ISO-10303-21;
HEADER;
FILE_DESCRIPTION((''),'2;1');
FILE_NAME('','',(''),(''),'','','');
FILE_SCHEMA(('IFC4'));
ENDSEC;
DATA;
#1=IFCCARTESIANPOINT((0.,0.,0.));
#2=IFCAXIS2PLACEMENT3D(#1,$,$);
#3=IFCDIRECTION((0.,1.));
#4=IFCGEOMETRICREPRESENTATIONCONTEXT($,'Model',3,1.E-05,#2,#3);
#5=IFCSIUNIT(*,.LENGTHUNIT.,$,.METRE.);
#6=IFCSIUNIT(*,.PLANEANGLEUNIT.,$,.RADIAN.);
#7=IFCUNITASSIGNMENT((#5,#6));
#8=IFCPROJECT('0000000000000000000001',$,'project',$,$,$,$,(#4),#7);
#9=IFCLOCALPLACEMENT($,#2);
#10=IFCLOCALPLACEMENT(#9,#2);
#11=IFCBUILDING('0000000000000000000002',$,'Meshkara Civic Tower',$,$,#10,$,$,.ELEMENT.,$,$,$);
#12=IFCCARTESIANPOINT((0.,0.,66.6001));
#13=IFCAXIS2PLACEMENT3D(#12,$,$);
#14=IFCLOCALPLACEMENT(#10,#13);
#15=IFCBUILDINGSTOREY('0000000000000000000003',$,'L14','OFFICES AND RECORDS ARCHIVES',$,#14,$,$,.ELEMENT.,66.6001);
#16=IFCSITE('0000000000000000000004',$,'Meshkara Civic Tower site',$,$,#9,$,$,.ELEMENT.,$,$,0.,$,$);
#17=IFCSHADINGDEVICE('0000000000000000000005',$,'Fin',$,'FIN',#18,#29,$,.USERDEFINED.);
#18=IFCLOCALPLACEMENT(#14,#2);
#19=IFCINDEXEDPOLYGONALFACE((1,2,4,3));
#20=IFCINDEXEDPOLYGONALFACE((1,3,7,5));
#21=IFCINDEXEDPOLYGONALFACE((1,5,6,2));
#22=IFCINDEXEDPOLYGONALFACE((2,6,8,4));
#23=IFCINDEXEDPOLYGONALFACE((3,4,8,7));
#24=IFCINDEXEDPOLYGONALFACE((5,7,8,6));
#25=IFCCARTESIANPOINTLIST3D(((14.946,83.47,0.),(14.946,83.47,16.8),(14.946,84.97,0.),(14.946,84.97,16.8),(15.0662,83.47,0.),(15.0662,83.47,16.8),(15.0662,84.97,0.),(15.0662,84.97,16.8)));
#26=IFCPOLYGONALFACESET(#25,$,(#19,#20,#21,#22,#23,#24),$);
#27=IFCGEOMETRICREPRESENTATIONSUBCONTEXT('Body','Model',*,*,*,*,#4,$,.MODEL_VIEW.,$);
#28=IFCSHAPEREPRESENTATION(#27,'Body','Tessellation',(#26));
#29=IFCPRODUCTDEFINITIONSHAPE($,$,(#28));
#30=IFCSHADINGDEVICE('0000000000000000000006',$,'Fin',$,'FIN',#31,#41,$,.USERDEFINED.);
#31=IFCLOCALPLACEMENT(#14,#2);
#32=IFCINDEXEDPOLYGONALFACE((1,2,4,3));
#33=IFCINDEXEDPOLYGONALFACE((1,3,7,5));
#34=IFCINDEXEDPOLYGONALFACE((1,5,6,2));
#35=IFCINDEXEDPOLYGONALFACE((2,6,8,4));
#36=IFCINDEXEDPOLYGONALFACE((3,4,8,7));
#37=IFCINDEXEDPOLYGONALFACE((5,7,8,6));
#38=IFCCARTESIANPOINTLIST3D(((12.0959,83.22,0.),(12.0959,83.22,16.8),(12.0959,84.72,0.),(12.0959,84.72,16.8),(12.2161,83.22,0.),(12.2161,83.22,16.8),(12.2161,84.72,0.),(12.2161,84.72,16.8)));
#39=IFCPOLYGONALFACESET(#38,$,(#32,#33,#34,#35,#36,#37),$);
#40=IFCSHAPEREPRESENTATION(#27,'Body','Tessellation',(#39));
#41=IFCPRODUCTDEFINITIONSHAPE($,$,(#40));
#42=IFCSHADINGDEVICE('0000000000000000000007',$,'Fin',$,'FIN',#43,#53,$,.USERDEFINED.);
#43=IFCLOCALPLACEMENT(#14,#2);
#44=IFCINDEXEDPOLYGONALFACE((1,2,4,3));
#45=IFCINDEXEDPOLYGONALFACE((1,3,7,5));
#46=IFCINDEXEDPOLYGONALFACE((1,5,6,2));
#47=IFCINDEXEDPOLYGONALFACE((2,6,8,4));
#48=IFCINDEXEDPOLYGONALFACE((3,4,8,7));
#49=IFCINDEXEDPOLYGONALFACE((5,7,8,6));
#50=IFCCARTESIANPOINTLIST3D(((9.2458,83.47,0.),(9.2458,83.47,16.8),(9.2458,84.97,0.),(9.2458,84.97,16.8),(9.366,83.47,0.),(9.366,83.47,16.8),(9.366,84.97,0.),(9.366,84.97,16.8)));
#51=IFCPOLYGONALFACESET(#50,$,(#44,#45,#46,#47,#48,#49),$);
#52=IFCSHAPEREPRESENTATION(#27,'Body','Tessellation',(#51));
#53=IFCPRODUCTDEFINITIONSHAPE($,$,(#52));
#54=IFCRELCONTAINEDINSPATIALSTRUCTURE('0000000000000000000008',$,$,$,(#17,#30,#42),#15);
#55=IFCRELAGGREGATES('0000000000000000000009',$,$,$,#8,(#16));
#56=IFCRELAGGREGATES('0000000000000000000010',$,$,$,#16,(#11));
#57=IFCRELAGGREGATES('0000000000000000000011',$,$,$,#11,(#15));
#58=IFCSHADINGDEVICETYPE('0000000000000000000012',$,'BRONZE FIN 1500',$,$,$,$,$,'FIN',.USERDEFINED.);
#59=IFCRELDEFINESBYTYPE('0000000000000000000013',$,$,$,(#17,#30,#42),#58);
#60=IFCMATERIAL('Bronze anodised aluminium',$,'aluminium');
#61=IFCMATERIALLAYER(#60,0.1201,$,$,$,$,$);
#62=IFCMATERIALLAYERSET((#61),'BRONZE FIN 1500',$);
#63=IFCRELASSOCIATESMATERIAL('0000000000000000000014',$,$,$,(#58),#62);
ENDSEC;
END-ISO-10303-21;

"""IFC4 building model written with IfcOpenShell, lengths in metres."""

from ifc_helpers import new_model, si_unit, direction, frame, origin, origin_2d, place, context, subcontext, project, spatial, rectangle, extrude, material, layer, layer_set, type_object, element, save


model = new_model("IFC4")

# Units and contexts
model_context = context("Model", 3, precision=1e-05, world=origin(), true_north=direction((0.0, 1.0)))
body_context = subcontext(model_context, "Body", "Model", "MODEL_VIEW")
ifc_project = project(units=[si_unit("LENGTHUNIT", "METRE"), si_unit("PLANEANGLEUNIT", "RADIAN")], contexts=[model_context])

# Site, building, storey
site_placement = place(None, origin())
site = spatial("IfcSite", under=ifc_project, at=site_placement, Name="Meshkara Civic Tower site", CompositionType="ELEMENT", RefElevation=0.0)
building_placement = place(site_placement, origin())
building = spatial("IfcBuilding", under=site, at=building_placement, Name="Meshkara Civic Tower", CompositionType="ELEMENT")
storey_placement = place(building_placement, frame((0.0, 0.0, 66.6001)))
storey = spatial("IfcBuildingStorey", under=building, at=storey_placement, Name="L14", Description="OFFICES AND RECORDS ARCHIVES", CompositionType="ELEMENT", Elevation=66.6001)

# Shading devices
ifc_material_1 = material(Name="Bronze anodised aluminium", Category="aluminium")
ifc_layer_1 = layer(ifc_material_1, 0.1201)
ifc_layer_set_1 = layer_set([ifc_layer_1], Name="BRONZE FIN 1500")
shading_device_type = type_object("IfcShadingDeviceType", Name="BRONZE FIN 1500", ElementType="FIN", PredefinedType="USERDEFINED", material=ifc_layer_set_1)
for number, where, z_axis, x_axis, name in (
    (1, (15.0061, 84.22, 0.0), (0.0, 0.0, 1.0), (-1.0, 0.0, 0.0), "Fin"),
    (2, (12.156, 83.97, 0.0), (0.0, 0.0, 1.0), (-1.0, 0.0, 0.0), "Fin"),
    (3, (9.3059, 84.22, 0.0), (0.0, 0.0, 1.0), (-1.0, 0.0, 0.0), "Fin"),
):
    element("IfcShadingDevice", number, at=place(storey_placement, frame(where, z_axis=z_axis, x_axis=x_axis)), inside=storey, type_object=shading_device_type, Name=name, ObjectType="FIN", PredefinedType="USERDEFINED", context=body_context, shape_type="SweptSolid", body=[
        extrude(rectangle(XDim=0.1201, YDim=1.5, at=origin_2d()), origin(), (0.0, 0.0, 1.0), 16.8),
    ])

save(model, "model.ifc")
